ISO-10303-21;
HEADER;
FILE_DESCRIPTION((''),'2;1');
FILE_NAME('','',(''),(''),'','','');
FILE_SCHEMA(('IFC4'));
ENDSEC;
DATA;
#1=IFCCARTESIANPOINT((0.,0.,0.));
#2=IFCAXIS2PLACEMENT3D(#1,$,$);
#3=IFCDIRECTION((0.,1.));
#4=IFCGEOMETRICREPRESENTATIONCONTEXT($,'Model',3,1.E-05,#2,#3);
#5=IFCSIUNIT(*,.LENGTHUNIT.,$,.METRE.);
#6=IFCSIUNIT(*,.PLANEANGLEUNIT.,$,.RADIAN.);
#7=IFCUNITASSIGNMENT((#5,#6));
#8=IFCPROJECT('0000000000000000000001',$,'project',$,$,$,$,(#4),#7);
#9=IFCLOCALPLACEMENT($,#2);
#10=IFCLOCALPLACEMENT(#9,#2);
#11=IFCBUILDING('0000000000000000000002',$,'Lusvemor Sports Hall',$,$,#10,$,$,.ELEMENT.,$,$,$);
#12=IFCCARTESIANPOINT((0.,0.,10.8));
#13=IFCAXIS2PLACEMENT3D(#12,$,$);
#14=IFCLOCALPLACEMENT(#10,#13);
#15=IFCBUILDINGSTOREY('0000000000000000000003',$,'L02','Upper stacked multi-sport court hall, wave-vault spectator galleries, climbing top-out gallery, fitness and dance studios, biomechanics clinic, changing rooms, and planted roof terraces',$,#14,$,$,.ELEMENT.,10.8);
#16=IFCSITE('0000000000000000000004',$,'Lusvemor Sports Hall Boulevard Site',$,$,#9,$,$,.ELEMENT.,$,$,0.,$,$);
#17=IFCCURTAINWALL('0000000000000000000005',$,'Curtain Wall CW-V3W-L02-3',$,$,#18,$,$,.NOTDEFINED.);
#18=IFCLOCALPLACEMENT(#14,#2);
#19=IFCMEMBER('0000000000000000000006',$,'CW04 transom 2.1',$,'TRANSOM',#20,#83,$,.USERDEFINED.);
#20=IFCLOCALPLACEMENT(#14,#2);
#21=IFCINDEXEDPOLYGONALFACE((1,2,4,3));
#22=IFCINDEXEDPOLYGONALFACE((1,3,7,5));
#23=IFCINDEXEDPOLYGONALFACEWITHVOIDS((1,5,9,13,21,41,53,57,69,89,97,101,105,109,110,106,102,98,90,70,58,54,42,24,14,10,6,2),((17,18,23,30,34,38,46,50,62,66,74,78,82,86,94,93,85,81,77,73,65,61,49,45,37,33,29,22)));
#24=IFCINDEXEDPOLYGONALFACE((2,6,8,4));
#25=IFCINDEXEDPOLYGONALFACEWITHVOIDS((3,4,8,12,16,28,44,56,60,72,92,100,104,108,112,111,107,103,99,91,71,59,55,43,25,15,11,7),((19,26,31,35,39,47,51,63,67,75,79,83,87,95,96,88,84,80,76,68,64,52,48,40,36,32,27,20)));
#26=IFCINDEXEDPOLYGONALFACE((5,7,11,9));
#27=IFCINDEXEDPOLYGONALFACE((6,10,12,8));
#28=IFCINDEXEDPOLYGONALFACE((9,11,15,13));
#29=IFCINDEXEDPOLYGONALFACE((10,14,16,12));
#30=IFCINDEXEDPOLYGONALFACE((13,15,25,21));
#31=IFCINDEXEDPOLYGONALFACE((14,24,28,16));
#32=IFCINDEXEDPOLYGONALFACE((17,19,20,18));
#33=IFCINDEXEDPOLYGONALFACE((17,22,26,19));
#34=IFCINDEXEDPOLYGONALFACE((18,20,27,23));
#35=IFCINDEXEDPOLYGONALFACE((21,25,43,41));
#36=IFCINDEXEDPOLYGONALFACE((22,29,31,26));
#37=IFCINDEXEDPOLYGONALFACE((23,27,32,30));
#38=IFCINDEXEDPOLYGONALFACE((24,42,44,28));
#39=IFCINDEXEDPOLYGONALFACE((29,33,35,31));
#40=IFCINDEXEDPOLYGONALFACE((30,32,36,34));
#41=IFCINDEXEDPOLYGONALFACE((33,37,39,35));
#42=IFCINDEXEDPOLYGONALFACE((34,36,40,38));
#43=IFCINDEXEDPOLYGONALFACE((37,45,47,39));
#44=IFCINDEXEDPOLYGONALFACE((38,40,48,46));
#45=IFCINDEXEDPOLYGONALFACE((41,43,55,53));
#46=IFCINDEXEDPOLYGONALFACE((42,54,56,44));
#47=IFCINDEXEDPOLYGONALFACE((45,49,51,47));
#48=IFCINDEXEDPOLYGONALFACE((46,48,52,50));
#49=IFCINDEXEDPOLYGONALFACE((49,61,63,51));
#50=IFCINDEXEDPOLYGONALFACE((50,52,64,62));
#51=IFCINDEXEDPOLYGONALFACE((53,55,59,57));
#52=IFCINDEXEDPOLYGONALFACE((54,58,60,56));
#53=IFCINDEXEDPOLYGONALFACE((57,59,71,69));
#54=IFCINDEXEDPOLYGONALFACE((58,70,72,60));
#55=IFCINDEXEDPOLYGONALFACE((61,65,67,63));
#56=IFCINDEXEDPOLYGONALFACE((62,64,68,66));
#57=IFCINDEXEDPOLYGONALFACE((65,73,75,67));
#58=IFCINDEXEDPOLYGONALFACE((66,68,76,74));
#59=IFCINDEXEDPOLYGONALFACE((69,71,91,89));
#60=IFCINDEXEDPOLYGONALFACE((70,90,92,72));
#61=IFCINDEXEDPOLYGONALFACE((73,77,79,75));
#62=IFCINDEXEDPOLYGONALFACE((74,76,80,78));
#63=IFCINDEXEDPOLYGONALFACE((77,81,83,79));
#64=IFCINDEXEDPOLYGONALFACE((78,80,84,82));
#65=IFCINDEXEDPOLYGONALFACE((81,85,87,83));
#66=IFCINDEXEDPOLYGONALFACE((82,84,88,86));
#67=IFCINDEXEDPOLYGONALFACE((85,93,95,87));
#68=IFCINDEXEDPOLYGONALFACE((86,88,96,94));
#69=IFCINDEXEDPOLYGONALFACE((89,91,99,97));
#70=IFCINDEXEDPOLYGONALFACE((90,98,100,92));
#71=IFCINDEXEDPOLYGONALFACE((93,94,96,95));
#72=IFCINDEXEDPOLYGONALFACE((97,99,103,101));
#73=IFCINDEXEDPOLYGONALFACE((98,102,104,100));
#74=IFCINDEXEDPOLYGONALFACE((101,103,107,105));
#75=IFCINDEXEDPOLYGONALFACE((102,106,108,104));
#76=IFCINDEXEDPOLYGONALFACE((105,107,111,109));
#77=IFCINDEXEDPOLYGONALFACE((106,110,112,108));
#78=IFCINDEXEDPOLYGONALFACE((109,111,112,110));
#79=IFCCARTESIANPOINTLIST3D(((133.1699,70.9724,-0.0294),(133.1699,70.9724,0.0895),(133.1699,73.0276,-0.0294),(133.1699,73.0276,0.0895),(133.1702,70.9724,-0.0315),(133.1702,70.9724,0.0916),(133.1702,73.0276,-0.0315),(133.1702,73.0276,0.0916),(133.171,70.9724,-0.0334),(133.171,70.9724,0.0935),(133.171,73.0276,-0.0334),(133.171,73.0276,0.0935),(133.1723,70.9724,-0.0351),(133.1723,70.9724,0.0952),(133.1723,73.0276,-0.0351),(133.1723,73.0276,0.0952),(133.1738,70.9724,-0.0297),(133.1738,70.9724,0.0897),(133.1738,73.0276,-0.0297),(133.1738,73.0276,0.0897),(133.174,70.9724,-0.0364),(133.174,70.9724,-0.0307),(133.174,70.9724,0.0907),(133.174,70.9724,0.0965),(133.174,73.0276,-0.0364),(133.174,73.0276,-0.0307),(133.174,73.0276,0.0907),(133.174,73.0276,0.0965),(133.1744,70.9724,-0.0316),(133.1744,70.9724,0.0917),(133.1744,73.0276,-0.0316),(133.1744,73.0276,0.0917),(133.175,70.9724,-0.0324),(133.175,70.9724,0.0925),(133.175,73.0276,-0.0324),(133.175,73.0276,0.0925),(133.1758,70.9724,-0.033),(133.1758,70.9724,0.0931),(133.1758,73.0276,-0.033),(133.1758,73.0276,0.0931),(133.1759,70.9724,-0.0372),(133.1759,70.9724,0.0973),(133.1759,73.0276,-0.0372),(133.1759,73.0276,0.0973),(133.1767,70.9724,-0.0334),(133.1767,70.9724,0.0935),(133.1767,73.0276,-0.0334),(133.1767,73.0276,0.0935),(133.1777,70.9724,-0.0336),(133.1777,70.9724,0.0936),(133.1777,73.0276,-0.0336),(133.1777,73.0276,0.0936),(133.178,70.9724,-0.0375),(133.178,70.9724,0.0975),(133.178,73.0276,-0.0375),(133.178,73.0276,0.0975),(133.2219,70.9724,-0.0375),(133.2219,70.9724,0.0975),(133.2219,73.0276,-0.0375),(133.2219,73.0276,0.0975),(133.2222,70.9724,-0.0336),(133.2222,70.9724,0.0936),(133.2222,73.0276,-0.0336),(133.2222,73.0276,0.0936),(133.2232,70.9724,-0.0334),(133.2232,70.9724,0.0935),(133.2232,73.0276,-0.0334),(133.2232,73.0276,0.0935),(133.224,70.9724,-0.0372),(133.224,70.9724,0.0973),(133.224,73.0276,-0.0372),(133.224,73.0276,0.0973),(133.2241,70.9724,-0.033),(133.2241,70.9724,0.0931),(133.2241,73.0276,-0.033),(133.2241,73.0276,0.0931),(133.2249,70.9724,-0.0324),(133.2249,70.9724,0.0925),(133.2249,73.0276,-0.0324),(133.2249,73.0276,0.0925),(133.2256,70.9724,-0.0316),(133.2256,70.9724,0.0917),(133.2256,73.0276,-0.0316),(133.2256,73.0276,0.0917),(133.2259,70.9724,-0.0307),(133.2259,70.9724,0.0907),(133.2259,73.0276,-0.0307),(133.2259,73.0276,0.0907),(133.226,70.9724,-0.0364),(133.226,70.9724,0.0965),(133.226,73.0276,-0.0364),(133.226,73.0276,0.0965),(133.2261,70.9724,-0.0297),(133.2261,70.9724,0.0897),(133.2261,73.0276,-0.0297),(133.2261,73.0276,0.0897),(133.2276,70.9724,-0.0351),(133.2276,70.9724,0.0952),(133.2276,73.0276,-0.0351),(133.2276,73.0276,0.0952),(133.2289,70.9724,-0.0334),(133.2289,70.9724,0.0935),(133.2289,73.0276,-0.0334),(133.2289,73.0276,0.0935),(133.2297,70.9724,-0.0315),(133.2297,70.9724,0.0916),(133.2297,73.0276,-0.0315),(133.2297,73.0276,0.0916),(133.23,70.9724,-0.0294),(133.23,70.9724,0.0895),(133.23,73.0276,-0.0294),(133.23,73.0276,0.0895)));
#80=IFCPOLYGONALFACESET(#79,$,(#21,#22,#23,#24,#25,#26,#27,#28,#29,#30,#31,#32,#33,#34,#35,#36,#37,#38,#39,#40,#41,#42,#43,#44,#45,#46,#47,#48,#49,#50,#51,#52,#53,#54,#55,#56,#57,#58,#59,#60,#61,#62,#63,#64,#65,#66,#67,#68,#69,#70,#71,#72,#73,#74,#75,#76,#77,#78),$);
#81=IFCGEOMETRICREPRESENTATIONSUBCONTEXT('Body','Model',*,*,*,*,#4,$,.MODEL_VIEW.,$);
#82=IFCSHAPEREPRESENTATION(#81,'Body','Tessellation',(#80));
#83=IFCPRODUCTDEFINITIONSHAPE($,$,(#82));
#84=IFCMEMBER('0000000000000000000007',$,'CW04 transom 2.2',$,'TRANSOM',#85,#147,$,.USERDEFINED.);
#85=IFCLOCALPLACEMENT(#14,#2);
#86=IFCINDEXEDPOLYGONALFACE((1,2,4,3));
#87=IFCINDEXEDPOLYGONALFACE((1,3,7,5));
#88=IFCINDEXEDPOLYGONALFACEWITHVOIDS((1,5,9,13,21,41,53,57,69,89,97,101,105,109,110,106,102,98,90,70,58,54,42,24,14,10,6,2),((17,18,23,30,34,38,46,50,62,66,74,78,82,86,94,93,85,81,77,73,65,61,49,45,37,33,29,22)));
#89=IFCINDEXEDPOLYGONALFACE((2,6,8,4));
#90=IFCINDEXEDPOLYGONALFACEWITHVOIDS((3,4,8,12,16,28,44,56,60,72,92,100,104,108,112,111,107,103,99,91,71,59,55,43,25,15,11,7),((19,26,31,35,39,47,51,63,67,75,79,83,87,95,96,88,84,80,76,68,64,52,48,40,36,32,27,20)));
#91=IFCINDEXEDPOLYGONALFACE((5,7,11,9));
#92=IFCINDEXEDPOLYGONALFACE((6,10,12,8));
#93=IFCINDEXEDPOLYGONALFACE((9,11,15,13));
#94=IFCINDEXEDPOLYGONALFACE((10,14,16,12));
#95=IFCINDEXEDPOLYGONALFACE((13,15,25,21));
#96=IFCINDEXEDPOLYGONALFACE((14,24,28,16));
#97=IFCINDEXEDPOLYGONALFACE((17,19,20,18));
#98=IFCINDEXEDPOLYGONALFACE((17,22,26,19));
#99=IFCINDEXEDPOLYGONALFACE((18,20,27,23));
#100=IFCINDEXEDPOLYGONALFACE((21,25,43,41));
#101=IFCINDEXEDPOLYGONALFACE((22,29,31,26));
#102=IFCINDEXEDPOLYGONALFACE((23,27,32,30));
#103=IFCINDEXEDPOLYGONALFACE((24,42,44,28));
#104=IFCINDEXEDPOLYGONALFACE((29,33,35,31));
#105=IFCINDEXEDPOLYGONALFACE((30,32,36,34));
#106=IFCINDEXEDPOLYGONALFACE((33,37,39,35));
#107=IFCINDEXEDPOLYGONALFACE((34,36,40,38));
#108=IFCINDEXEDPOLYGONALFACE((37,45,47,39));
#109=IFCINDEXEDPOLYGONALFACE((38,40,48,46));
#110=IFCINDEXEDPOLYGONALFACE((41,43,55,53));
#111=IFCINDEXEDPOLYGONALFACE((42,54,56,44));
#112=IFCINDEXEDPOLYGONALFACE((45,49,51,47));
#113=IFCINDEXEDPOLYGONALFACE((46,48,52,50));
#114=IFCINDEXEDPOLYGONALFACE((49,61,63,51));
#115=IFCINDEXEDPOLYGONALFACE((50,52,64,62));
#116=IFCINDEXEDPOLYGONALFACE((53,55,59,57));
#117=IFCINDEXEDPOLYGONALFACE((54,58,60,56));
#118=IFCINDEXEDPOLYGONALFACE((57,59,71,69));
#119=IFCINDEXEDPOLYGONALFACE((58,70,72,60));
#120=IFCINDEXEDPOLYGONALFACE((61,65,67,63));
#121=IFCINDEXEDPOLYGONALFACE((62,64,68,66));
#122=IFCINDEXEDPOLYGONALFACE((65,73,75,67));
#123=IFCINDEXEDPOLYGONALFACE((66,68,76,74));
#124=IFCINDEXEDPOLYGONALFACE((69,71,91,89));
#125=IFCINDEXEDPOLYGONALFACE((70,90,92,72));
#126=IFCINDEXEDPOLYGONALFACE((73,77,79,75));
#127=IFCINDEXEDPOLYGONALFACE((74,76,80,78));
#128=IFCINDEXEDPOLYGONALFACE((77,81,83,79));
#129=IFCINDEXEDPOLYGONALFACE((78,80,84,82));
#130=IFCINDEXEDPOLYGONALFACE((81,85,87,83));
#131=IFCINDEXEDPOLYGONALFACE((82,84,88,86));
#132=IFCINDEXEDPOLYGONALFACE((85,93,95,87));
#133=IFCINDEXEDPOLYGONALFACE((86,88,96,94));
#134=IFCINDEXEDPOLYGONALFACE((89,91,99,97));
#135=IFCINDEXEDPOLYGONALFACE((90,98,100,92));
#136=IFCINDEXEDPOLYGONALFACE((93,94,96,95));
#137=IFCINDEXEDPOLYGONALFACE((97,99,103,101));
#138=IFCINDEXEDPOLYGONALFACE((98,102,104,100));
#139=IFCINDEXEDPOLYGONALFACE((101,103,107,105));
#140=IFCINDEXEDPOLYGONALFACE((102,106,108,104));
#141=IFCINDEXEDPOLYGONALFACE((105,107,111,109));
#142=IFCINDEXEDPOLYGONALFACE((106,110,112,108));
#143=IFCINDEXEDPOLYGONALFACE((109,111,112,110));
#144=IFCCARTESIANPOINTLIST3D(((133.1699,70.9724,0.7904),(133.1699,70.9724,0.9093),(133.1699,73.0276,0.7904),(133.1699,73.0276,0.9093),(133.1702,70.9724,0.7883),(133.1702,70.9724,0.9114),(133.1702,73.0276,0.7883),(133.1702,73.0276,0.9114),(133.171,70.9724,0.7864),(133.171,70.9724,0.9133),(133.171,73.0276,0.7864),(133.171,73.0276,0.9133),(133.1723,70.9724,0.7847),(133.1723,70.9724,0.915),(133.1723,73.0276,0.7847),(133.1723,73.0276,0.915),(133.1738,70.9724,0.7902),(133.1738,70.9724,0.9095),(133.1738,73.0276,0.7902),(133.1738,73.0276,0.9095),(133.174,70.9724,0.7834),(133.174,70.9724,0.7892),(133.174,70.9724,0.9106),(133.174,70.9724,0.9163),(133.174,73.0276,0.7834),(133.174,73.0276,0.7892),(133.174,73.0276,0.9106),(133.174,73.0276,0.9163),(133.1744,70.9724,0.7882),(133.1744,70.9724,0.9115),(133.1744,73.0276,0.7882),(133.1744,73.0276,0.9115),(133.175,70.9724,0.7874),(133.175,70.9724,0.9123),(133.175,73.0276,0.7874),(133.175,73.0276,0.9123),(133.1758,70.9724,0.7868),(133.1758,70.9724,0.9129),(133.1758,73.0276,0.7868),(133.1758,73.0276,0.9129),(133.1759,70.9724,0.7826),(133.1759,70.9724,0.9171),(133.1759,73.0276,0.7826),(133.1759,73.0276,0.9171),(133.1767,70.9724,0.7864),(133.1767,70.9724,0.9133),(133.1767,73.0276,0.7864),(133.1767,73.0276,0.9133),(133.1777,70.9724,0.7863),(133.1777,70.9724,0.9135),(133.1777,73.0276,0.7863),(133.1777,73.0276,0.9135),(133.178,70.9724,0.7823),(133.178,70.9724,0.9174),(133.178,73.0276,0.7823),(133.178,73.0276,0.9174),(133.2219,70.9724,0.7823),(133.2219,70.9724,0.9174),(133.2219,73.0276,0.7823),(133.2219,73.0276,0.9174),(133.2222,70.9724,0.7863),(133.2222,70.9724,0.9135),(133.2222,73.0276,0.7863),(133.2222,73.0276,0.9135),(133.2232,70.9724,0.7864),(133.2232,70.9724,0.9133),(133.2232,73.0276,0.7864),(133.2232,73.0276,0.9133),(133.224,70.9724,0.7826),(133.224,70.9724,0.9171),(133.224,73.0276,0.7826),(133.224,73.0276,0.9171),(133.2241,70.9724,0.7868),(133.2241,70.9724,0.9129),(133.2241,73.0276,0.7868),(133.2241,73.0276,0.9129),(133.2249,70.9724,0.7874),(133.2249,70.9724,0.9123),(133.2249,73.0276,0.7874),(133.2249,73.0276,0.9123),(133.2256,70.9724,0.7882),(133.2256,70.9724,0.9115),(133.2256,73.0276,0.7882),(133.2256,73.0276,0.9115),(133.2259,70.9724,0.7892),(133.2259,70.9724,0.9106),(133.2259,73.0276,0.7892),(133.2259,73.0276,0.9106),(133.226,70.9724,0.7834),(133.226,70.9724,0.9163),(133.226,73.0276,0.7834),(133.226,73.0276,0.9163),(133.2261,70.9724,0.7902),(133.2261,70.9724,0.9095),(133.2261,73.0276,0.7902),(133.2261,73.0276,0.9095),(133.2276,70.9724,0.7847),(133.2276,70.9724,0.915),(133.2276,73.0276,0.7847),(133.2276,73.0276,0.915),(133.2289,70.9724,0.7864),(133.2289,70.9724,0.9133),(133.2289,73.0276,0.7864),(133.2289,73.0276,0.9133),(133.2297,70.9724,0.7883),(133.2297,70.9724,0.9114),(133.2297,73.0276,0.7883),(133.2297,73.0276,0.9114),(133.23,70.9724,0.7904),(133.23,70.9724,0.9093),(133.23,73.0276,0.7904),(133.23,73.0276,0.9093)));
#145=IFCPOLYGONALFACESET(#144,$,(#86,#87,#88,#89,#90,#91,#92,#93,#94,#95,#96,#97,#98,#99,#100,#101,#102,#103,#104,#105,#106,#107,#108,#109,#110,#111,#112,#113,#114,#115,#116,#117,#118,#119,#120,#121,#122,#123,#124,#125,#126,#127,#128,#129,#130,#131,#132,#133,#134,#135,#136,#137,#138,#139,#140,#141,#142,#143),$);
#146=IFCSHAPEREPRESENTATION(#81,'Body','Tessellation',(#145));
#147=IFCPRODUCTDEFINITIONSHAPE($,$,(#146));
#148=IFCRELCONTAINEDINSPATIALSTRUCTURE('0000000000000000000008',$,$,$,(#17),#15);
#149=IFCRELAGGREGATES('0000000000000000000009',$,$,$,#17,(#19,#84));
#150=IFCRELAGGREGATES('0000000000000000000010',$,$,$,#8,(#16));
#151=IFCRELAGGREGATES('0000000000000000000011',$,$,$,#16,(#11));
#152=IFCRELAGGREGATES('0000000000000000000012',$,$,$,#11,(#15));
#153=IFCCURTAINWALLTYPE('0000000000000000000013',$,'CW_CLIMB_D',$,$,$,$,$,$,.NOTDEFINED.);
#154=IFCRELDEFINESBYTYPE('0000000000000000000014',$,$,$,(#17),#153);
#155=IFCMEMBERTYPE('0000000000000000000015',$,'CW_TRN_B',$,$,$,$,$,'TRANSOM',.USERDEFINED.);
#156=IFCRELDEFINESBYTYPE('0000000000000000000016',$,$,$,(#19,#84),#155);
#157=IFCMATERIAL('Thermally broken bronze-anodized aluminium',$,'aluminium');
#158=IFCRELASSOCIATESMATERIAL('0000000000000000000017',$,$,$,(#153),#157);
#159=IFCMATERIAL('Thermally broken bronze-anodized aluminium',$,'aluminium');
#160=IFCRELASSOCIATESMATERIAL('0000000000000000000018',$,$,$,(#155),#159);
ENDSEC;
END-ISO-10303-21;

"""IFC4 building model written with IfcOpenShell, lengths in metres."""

from ifc_helpers import new_model, si_unit, direction, frame, origin, origin_2d, place, context, subcontext, project, spatial, hollow_rectangle, extrude, material, material_profile, profile_set, type_object, element, aggregate, save


model = new_model("IFC4")

# Units and contexts
model_context = context("Model", 3, precision=1e-05, world=origin(), true_north=direction((0.0, 1.0)))
body_context = subcontext(model_context, "Body", "Model", "MODEL_VIEW")
ifc_project = project(units=[si_unit("LENGTHUNIT", "METRE"), si_unit("PLANEANGLEUNIT", "RADIAN")], contexts=[model_context])

# Site, building, storey
site_placement = place(None, origin())
site = spatial("IfcSite", under=ifc_project, at=site_placement, Name="Lusvemor Sports Hall Boulevard Site", CompositionType="ELEMENT", RefElevation=0.0)
building_placement = place(site_placement, origin())
building = spatial("IfcBuilding", under=site, at=building_placement, Name="Lusvemor Sports Hall", CompositionType="ELEMENT")
storey_placement = place(building_placement, frame((0.0, 0.0, 10.8)))
storey = spatial("IfcBuildingStorey", under=building, at=storey_placement, Name="L02", Description="Upper stacked multi-sport court hall, wave-vault spectator galleries, climbing top-out gallery, fitness and dance studios, biomechanics clinic, changing rooms, and planted roof terraces", CompositionType="ELEMENT", Elevation=10.8)

# Shared definitions
ifc_material_1 = material(Name="Thermally broken bronze-anodized aluminium", Category="aluminium")
curtain_wall_type = type_object("IfcCurtainWallType", Name="CW_CLIMB_D", PredefinedType="NOTDEFINED", material=ifc_material_1)

# Curtain wall, members
curtain_wall_1_placement = place(storey_placement, origin())
curtain_wall_1 = element("IfcCurtainWall", 1, at=curtain_wall_1_placement, inside=storey, type_object=curtain_wall_type, Name="Curtain Wall CW-V3W-L02-3", PredefinedType="NOTDEFINED")
ifc_material_2 = material(Name="Thermally broken bronze-anodized aluminium", Category="aluminium")
ifc_material_profile_1 = material_profile(ifc_material_2, hollow_rectangle(XDim=0.0601, YDim=0.135, WallThickness=0.0039, InnerFilletRadius=0.0039, OuterFilletRadius=0.0081, at=origin_2d()), Name="CWTRN135x60x4")
ifc_profile_set_1 = profile_set([ifc_material_profile_1], Name="Thermally broken bronze-anodized aluminium")
member_type_1 = type_object("IfcMemberType", Name="CW_TRN_B", ElementType="TRANSOM", PredefinedType="USERDEFINED", material=ifc_profile_set_1)
member_1_placement = place(storey_placement, frame((133.2, 70.9724, 0.03), z_axis=(0.0, 1.0, 0.0), x_axis=(-1.0, 0.0, 0.0)))
member_1 = element("IfcMember", 2, at=member_1_placement, type_object=member_type_1, Name="CW04 transom 2.1", ObjectType="TRANSOM", PredefinedType="USERDEFINED", context=body_context, shape_type="SweptSolid", body=[
    extrude(hollow_rectangle(XDim=0.0601, YDim=0.135, WallThickness=0.0039, InnerFilletRadius=0.0039, OuterFilletRadius=0.0081, at=origin_2d()), origin(), (0.0, 0.0, 1.0), 2.0552),
])
member_2_placement = place(storey_placement, frame((133.2, 70.9724, 0.8499), z_axis=(0.0, 1.0, 0.0), x_axis=(-1.0, 0.0, 0.0)))
member_2 = element("IfcMember", 3, at=member_2_placement, type_object=member_type_1, Name="CW04 transom 2.2", ObjectType="TRANSOM", PredefinedType="USERDEFINED", context=body_context, shape_type="SweptSolid", body=[
    extrude(hollow_rectangle(XDim=0.0601, YDim=0.135, WallThickness=0.0039, InnerFilletRadius=0.0039, OuterFilletRadius=0.0081, at=origin_2d()), origin(), (0.0, 0.0, 1.0), 2.0552),
])

aggregate(curtain_wall_1, [member_1, member_2])

save(model, "model.ifc")
